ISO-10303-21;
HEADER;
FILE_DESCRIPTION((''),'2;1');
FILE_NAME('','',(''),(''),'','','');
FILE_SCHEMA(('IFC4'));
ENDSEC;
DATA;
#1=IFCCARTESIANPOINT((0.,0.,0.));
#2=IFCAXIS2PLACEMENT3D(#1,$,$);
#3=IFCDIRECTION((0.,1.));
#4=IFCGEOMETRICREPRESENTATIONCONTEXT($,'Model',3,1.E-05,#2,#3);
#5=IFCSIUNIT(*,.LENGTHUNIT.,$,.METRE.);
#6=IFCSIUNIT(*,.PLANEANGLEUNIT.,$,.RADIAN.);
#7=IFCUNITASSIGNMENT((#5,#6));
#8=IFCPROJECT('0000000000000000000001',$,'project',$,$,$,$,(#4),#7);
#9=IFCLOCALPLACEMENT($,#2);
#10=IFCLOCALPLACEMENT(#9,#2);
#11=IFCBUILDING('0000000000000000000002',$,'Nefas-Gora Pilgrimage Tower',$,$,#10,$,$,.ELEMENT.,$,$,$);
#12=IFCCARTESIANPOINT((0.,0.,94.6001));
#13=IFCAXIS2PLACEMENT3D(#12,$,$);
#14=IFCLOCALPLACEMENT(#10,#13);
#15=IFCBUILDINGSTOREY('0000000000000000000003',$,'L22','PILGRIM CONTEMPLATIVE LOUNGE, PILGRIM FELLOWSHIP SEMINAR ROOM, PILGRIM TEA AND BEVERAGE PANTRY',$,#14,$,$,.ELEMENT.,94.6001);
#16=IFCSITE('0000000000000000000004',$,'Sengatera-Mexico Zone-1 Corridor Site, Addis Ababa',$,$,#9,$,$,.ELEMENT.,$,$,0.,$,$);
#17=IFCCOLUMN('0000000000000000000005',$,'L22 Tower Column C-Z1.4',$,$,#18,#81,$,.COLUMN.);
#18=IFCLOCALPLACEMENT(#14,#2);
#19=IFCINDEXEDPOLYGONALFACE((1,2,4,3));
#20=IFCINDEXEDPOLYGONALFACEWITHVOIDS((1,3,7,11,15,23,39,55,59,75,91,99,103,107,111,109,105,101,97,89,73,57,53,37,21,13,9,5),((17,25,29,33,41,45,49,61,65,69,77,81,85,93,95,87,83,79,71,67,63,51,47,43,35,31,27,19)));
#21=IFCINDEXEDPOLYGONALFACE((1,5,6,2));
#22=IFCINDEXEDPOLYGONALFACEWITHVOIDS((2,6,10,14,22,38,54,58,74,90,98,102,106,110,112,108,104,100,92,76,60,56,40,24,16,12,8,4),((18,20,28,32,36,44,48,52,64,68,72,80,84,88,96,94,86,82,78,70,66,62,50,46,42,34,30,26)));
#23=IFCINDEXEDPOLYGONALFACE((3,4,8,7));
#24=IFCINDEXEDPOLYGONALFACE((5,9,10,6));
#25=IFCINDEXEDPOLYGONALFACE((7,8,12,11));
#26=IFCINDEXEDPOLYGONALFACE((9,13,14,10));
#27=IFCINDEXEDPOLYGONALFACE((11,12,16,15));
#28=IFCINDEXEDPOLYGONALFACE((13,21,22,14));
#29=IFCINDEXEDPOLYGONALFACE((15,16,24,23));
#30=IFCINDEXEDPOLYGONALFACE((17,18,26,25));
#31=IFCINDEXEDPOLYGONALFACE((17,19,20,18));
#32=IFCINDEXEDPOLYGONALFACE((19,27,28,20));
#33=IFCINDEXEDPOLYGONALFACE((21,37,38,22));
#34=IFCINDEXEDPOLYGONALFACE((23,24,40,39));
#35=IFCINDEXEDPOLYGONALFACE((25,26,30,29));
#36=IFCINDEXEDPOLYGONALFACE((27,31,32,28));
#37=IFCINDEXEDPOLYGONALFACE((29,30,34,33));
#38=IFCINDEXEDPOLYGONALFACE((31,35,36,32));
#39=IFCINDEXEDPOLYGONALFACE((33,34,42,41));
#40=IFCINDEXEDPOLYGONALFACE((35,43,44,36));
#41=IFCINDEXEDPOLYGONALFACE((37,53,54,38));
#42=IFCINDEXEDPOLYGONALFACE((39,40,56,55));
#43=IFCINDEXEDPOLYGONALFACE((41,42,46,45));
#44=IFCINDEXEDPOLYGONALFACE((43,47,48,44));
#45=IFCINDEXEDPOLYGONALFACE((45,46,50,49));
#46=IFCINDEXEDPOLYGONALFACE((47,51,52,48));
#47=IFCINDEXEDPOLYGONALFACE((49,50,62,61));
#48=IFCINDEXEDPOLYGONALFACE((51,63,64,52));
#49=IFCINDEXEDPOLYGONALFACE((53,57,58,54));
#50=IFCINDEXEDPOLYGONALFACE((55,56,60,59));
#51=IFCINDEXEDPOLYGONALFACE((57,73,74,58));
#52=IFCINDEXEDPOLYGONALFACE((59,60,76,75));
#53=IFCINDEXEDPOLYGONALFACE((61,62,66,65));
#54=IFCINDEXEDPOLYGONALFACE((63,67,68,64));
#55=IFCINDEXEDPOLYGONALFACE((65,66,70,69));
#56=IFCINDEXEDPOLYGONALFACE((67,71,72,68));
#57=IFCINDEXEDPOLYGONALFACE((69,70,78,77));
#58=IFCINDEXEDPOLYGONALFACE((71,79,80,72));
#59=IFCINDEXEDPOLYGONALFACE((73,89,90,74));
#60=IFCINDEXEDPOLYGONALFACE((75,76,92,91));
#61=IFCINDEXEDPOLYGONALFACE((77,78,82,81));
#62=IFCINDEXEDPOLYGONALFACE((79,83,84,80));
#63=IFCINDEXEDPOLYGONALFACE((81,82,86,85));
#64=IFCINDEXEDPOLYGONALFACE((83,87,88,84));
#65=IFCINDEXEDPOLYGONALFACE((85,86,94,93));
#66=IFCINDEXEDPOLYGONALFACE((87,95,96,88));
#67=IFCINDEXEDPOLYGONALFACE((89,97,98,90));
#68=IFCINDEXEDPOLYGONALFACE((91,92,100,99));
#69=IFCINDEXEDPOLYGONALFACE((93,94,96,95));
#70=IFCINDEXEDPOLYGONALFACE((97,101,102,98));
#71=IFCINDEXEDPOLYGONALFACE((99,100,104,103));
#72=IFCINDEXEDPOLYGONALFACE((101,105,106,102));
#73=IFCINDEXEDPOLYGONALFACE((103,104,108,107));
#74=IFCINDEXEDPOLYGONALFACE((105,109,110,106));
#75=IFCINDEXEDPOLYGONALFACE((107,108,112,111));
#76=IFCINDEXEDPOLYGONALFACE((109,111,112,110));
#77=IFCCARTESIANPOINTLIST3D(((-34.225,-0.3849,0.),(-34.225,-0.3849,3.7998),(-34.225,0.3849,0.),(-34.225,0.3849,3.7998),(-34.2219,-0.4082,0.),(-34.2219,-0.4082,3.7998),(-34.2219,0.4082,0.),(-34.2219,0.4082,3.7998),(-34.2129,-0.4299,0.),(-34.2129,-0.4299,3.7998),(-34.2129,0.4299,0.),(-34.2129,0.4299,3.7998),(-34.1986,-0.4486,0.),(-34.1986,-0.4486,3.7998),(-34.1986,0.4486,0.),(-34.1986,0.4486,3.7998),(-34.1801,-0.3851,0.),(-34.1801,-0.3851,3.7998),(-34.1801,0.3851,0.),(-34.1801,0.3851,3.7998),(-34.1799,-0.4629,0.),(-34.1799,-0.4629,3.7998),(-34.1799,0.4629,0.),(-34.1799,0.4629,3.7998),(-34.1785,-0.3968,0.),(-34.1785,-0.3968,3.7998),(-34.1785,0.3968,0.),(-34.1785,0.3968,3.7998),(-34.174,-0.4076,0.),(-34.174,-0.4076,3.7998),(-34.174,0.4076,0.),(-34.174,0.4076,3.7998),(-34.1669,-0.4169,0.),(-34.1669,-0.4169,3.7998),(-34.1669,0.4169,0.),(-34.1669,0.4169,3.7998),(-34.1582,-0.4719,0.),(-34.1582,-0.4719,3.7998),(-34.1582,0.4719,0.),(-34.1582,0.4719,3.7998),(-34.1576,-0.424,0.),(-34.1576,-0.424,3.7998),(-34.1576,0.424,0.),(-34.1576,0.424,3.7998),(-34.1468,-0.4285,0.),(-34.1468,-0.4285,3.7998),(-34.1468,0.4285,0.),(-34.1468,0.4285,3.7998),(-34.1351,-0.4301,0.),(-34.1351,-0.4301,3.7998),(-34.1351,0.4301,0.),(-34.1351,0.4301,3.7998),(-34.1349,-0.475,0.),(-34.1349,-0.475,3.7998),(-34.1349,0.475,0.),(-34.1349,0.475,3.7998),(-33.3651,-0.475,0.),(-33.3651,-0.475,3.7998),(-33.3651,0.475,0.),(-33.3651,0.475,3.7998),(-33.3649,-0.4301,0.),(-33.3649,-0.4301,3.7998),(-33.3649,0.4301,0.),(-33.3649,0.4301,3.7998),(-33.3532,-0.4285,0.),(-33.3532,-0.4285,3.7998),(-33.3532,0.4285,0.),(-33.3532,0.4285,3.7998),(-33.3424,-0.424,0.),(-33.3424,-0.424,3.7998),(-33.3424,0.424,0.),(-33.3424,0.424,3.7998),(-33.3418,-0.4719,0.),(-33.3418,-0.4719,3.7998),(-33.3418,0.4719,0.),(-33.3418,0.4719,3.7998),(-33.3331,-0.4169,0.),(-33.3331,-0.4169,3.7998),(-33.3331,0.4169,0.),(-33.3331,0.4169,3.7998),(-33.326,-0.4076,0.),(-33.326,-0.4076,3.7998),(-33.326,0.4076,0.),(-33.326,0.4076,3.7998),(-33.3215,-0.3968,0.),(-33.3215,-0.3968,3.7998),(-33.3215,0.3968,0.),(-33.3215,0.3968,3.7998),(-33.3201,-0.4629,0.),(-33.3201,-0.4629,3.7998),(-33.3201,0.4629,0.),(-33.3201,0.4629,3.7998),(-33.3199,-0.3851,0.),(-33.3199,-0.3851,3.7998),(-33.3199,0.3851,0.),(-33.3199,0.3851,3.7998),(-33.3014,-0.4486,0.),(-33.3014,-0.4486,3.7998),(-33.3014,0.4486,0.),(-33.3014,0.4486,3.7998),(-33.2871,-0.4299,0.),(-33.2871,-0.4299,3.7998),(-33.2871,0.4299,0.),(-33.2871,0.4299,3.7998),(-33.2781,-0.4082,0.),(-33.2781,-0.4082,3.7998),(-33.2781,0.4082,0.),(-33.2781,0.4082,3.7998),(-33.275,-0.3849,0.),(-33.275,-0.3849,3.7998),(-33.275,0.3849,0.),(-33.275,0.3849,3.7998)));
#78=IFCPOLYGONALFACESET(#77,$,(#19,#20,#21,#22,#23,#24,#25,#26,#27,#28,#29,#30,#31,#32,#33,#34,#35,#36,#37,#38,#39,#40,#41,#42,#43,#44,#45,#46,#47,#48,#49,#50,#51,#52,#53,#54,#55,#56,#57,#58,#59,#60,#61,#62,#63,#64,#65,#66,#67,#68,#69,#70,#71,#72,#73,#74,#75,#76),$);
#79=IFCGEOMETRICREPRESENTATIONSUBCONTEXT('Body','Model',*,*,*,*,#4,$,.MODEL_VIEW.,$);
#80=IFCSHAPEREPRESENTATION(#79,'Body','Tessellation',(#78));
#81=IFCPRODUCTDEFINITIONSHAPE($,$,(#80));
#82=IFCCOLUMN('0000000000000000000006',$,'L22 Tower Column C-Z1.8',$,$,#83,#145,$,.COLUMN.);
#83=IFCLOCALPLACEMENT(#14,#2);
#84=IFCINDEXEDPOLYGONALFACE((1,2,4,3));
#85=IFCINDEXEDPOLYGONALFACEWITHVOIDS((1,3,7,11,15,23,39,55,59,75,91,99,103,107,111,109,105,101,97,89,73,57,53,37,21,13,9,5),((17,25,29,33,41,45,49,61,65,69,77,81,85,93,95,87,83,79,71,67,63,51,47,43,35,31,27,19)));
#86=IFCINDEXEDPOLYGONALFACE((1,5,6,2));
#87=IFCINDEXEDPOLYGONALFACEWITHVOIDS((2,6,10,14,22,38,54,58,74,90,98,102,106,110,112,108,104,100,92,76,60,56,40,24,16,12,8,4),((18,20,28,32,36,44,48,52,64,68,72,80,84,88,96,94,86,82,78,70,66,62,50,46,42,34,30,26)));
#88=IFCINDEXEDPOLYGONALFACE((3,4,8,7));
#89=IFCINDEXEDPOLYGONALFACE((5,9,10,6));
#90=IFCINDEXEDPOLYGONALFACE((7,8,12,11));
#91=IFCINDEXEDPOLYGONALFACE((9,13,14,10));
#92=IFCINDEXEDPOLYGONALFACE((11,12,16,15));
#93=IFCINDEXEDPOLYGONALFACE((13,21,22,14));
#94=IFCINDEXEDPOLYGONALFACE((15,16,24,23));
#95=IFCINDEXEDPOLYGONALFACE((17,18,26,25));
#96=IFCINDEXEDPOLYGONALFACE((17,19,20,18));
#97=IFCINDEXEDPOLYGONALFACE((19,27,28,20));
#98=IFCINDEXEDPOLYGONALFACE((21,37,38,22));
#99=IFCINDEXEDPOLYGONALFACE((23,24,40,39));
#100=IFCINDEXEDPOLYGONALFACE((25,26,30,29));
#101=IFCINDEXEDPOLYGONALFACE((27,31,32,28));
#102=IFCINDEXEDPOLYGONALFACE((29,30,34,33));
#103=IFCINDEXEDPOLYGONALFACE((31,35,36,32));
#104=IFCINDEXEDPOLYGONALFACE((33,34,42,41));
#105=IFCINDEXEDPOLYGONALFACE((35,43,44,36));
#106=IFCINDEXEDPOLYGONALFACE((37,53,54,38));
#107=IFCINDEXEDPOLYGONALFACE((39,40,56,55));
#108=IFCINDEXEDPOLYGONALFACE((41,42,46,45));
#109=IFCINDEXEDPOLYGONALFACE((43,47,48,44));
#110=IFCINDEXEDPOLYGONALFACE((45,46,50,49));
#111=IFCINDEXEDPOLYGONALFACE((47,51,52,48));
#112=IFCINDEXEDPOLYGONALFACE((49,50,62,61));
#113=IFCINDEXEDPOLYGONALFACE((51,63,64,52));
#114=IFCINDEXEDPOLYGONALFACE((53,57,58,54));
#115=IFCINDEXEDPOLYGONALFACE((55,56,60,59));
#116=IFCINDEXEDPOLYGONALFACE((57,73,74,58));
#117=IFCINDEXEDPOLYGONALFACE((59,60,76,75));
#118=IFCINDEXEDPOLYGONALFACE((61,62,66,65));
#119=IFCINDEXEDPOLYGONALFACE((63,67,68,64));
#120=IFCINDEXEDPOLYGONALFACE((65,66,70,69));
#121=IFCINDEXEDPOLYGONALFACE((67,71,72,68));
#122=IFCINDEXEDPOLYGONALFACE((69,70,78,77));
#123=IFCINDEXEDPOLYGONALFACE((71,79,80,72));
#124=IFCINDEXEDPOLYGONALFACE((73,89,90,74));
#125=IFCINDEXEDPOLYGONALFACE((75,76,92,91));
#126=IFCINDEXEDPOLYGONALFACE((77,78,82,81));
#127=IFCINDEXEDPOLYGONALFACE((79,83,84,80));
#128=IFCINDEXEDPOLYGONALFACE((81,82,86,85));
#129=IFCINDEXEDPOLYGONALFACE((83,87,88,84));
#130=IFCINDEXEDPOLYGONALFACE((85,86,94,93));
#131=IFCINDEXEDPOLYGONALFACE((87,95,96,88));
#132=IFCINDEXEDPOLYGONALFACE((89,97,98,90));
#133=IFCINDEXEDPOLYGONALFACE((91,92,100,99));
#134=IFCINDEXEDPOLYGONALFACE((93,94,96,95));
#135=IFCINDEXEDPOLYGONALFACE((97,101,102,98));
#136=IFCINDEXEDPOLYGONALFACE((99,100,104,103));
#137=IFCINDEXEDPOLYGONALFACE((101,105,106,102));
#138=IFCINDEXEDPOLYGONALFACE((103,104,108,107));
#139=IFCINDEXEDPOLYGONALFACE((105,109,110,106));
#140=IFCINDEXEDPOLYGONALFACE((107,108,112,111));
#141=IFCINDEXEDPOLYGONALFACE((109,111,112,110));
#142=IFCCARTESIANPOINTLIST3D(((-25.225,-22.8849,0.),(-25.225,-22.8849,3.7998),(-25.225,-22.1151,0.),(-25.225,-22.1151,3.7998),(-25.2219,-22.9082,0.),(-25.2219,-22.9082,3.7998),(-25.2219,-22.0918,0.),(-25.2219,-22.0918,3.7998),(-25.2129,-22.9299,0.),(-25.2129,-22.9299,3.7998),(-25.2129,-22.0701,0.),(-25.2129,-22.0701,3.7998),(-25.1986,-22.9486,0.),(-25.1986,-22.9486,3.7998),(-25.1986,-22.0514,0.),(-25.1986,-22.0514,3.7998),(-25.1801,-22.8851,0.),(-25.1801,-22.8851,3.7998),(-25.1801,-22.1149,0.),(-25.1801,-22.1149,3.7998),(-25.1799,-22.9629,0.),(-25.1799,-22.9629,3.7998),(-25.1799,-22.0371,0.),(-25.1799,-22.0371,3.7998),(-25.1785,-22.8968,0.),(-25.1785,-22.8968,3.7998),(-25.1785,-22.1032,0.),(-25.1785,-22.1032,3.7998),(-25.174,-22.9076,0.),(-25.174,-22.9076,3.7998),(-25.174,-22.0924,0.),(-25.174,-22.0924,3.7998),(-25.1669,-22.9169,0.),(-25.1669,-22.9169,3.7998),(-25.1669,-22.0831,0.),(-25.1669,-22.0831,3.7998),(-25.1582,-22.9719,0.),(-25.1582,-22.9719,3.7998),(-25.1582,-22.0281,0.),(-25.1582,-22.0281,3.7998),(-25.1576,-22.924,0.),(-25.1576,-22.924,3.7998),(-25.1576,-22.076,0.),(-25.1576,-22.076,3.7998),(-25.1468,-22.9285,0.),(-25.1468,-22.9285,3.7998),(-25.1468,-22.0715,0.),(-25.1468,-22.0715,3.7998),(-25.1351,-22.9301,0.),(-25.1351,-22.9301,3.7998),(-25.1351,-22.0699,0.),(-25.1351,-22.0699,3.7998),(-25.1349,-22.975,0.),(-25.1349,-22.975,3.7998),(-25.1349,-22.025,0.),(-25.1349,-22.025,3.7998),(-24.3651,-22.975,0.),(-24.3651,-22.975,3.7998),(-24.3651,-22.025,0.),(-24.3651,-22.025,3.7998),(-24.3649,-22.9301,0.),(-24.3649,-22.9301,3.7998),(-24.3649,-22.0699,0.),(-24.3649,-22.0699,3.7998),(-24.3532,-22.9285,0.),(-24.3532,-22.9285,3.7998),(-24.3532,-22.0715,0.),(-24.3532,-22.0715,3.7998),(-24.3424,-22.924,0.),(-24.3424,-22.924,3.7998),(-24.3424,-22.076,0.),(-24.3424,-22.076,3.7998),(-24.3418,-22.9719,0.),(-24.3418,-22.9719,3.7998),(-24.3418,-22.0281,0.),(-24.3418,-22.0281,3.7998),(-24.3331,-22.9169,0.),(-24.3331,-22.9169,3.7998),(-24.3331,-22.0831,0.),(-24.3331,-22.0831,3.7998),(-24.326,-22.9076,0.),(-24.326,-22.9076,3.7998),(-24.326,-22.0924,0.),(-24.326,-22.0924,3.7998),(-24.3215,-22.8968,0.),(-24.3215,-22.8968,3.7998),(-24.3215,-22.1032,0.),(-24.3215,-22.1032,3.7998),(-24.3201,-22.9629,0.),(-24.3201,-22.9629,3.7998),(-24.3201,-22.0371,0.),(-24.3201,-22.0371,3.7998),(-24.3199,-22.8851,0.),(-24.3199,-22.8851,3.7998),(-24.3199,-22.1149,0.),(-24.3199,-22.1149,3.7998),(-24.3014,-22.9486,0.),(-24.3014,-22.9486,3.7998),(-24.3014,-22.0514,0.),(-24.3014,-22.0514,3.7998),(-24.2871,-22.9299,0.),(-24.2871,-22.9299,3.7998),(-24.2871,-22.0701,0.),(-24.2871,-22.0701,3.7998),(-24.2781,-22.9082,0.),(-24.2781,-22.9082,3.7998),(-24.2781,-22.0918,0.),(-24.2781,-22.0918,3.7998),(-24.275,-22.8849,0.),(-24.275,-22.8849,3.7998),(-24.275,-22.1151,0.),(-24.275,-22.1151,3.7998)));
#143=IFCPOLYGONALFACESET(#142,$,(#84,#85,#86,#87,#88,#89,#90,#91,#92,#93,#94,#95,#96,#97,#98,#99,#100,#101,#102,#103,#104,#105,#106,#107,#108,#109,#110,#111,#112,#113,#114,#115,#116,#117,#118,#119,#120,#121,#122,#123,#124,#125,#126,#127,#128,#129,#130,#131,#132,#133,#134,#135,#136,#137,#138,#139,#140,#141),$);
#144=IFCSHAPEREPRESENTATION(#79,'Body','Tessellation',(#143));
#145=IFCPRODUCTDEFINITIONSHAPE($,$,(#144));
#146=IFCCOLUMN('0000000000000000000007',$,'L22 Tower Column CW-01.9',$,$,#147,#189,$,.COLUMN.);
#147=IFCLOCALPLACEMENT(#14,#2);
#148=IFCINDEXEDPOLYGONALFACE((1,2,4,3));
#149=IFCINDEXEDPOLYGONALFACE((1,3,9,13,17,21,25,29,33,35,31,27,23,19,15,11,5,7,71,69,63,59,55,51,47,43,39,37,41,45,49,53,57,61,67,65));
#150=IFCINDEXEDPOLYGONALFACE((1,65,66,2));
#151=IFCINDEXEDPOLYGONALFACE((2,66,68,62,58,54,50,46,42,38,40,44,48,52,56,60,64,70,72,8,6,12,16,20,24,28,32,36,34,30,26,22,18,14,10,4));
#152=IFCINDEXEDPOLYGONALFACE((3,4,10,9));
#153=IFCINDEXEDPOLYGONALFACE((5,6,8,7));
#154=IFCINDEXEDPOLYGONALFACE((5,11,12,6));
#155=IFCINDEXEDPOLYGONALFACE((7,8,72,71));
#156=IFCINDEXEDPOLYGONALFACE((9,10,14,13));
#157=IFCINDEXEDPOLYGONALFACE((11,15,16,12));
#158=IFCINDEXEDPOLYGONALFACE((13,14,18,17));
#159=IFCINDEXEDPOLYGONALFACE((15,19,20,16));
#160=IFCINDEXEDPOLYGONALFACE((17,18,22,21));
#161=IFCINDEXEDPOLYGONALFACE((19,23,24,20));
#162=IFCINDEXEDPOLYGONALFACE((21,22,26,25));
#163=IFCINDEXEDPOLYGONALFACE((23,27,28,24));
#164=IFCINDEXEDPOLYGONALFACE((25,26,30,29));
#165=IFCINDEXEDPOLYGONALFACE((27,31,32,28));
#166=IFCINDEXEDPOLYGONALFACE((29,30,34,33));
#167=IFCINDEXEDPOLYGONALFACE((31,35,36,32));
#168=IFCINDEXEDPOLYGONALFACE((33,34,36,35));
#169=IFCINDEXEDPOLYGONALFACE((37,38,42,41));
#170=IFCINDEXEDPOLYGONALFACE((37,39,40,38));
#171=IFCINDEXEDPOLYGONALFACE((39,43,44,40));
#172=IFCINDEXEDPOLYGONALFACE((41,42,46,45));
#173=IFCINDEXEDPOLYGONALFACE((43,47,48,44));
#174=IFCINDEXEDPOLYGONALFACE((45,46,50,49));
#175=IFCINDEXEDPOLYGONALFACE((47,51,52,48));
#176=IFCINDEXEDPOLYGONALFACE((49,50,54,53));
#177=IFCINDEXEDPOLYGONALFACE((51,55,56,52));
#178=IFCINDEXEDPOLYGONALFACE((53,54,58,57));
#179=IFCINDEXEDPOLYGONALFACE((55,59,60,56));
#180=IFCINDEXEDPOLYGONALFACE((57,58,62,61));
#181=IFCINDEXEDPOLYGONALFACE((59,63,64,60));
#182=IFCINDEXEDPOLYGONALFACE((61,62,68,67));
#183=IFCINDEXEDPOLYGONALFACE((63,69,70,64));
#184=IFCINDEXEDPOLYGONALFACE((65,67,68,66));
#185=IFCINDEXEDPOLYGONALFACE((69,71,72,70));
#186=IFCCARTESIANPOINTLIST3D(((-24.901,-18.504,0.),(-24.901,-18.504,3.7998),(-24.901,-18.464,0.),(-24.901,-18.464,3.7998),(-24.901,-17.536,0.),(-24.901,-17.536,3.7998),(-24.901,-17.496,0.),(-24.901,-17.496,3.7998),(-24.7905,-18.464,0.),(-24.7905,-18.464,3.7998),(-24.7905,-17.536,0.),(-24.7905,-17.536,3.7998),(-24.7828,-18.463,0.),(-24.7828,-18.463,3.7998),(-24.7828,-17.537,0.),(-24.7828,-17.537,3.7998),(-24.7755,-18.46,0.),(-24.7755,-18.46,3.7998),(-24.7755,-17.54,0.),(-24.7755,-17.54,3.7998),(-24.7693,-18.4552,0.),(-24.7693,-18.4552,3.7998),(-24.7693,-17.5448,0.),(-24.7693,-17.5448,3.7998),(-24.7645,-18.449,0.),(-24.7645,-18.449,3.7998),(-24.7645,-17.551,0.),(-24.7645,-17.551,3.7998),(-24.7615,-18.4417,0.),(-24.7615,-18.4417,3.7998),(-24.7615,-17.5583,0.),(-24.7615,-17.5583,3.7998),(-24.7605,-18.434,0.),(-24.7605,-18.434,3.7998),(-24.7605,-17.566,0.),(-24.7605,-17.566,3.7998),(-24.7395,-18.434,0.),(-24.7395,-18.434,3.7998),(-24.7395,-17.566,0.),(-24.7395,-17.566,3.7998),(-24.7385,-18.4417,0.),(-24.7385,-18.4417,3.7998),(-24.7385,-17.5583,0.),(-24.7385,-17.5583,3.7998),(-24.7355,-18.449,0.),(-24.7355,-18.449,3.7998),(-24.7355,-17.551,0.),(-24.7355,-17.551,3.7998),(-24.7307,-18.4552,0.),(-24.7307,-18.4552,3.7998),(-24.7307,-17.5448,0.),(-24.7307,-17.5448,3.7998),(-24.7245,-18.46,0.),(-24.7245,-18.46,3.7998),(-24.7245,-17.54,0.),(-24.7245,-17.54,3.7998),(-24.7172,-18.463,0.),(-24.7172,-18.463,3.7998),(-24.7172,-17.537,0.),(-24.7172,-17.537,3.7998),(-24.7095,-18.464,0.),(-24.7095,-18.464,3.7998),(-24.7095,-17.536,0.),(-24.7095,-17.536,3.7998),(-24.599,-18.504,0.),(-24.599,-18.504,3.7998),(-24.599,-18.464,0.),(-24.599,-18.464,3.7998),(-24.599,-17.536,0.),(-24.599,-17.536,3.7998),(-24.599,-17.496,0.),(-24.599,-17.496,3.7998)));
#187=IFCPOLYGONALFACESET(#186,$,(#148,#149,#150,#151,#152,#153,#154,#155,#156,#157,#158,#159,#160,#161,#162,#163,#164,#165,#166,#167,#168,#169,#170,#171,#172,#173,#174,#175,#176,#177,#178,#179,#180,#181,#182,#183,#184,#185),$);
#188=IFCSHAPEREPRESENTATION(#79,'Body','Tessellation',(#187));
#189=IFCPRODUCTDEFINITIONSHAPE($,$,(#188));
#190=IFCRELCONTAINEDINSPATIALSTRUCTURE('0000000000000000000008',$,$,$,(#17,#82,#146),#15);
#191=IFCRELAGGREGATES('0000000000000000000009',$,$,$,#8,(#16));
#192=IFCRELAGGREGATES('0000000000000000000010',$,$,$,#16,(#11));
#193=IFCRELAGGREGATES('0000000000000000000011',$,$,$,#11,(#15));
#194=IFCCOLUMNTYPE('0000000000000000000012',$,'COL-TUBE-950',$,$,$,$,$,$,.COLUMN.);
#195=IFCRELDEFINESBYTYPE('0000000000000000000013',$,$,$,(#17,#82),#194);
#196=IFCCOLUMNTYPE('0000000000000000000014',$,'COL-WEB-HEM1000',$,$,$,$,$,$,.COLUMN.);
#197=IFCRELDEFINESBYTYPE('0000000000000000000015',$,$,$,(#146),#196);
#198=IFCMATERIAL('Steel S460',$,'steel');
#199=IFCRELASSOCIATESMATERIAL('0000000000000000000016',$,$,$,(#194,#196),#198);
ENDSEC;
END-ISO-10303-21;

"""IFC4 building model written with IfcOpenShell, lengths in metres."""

from ifc_helpers import new_model, si_unit, direction, frame, origin, origin_2d, place, context, subcontext, project, spatial, hollow_rectangle, i_section, extrude, source, transform, mapped, material, material_profile, profile_set, type_object, element, save


model = new_model("IFC4")

# Units and contexts
model_context = context("Model", 3, precision=1e-05, world=origin(), true_north=direction((0.0, 1.0)))
body_context = subcontext(model_context, "Body", "Model", "MODEL_VIEW")
ifc_project = project(units=[si_unit("LENGTHUNIT", "METRE"), si_unit("PLANEANGLEUNIT", "RADIAN")], contexts=[model_context])

# Site, building, storey
site_placement = place(None, origin())
site = spatial("IfcSite", under=ifc_project, at=site_placement, Name="Sengatera-Mexico Zone-1 Corridor Site, Addis Ababa", CompositionType="ELEMENT", RefElevation=0.0)
building_placement = place(site_placement, origin())
building = spatial("IfcBuilding", under=site, at=building_placement, Name="Nefas-Gora Pilgrimage Tower", CompositionType="ELEMENT")
storey_placement = place(building_placement, frame((0.0, 0.0, 94.6001)))
storey = spatial("IfcBuildingStorey", under=building, at=storey_placement, Name="L22", Description="PILGRIM CONTEMPLATIVE LOUNGE, PILGRIM FELLOWSHIP SEMINAR ROOM, PILGRIM TEA AND BEVERAGE PANTRY", CompositionType="ELEMENT", Elevation=94.6001)

# Columns
ifc_material_1 = material(Name="Steel S460", Category="steel")
ifc_material_profile_1 = material_profile(ifc_material_1, hollow_rectangle(XDim=0.95, YDim=0.95, WallThickness=0.0449, InnerFilletRadius=0.0449, OuterFilletRadius=0.0901, at=origin_2d()), Name="BOX 950x950x45")
ifc_profile_set_1 = profile_set([ifc_material_profile_1], Name="Steel S460")
column_type_1 = type_object("IfcColumnType", Name="COL-TUBE-950", PredefinedType="COLUMN", material=ifc_profile_set_1)
shared_shape_1 = source(origin(), body_context, "Body", "SweptSolid", [
    extrude(hollow_rectangle(XDim=0.95, YDim=0.95, WallThickness=0.0449, InnerFilletRadius=0.0449, OuterFilletRadius=0.0901, at=origin_2d()), origin(), (0.0, 0.0, 1.0), 3.7998),
])
for number, where, z_axis, x_axis, name in (
    (1, (-33.75, 0.0, 0.0), (0.0, 0.0, 1.0), (1.0, 0.0, 0.0), "L22 Tower Column C-Z1.4"),
    (2, (-24.75, -22.5, 0.0), (0.0, 0.0, 1.0), (1.0, 0.0, 0.0), "L22 Tower Column C-Z1.8"),
):
    element("IfcColumn", number, at=place(storey_placement, frame(where, z_axis=z_axis, x_axis=x_axis)), inside=storey, type_object=column_type_1, Name=name, PredefinedType="COLUMN", context=body_context, shape_type="MappedRepresentation", body=[
        mapped(shared_shape_1, transform((0.0, 0.0, 0.0), x_axis=(1.0, 0.0, 0.0), y_axis=(0.0, 1.0, 0.0), z_axis=(0.0, 0.0, 1.0), scale=1.0)),
    ])
ifc_material_profile_2 = material_profile(ifc_material_1, i_section(OverallWidth=0.302, OverallDepth=1.0081, WebThickness=0.021, FlangeThickness=0.04, FilletRadius=0.03, at=origin_2d()), Name="HEM 1000")
ifc_profile_set_2 = profile_set([ifc_material_profile_2], Name="Steel S460")
column_type_2 = type_object("IfcColumnType", Name="COL-WEB-HEM1000", PredefinedType="COLUMN", material=ifc_profile_set_2)
shared_shape_2 = source(origin(), body_context, "Body", "SweptSolid", [
    extrude(i_section(OverallWidth=0.302, OverallDepth=1.0081, WebThickness=0.021, FlangeThickness=0.04, FilletRadius=0.03, at=origin_2d()), origin(), (0.0, 0.0, 1.0), 3.7998),
])
for number, where, z_axis, x_axis, name in (
    (3, (-24.75, -18.0, 0.0), (0.0, 0.0, 1.0), (1.0, 0.0, 0.0), "L22 Tower Column CW-01.9"),
):
    element("IfcColumn", number, at=place(storey_placement, frame(where, z_axis=z_axis, x_axis=x_axis)), inside=storey, type_object=column_type_2, Name=name, PredefinedType="COLUMN", context=body_context, shape_type="MappedRepresentation", body=[
        mapped(shared_shape_2, transform((0.0, 0.0, 0.0), x_axis=(1.0, 0.0, 0.0), y_axis=(0.0, 1.0, 0.0), z_axis=(0.0, 0.0, 1.0), scale=1.0)),
    ])

save(model, "model.ifc")
